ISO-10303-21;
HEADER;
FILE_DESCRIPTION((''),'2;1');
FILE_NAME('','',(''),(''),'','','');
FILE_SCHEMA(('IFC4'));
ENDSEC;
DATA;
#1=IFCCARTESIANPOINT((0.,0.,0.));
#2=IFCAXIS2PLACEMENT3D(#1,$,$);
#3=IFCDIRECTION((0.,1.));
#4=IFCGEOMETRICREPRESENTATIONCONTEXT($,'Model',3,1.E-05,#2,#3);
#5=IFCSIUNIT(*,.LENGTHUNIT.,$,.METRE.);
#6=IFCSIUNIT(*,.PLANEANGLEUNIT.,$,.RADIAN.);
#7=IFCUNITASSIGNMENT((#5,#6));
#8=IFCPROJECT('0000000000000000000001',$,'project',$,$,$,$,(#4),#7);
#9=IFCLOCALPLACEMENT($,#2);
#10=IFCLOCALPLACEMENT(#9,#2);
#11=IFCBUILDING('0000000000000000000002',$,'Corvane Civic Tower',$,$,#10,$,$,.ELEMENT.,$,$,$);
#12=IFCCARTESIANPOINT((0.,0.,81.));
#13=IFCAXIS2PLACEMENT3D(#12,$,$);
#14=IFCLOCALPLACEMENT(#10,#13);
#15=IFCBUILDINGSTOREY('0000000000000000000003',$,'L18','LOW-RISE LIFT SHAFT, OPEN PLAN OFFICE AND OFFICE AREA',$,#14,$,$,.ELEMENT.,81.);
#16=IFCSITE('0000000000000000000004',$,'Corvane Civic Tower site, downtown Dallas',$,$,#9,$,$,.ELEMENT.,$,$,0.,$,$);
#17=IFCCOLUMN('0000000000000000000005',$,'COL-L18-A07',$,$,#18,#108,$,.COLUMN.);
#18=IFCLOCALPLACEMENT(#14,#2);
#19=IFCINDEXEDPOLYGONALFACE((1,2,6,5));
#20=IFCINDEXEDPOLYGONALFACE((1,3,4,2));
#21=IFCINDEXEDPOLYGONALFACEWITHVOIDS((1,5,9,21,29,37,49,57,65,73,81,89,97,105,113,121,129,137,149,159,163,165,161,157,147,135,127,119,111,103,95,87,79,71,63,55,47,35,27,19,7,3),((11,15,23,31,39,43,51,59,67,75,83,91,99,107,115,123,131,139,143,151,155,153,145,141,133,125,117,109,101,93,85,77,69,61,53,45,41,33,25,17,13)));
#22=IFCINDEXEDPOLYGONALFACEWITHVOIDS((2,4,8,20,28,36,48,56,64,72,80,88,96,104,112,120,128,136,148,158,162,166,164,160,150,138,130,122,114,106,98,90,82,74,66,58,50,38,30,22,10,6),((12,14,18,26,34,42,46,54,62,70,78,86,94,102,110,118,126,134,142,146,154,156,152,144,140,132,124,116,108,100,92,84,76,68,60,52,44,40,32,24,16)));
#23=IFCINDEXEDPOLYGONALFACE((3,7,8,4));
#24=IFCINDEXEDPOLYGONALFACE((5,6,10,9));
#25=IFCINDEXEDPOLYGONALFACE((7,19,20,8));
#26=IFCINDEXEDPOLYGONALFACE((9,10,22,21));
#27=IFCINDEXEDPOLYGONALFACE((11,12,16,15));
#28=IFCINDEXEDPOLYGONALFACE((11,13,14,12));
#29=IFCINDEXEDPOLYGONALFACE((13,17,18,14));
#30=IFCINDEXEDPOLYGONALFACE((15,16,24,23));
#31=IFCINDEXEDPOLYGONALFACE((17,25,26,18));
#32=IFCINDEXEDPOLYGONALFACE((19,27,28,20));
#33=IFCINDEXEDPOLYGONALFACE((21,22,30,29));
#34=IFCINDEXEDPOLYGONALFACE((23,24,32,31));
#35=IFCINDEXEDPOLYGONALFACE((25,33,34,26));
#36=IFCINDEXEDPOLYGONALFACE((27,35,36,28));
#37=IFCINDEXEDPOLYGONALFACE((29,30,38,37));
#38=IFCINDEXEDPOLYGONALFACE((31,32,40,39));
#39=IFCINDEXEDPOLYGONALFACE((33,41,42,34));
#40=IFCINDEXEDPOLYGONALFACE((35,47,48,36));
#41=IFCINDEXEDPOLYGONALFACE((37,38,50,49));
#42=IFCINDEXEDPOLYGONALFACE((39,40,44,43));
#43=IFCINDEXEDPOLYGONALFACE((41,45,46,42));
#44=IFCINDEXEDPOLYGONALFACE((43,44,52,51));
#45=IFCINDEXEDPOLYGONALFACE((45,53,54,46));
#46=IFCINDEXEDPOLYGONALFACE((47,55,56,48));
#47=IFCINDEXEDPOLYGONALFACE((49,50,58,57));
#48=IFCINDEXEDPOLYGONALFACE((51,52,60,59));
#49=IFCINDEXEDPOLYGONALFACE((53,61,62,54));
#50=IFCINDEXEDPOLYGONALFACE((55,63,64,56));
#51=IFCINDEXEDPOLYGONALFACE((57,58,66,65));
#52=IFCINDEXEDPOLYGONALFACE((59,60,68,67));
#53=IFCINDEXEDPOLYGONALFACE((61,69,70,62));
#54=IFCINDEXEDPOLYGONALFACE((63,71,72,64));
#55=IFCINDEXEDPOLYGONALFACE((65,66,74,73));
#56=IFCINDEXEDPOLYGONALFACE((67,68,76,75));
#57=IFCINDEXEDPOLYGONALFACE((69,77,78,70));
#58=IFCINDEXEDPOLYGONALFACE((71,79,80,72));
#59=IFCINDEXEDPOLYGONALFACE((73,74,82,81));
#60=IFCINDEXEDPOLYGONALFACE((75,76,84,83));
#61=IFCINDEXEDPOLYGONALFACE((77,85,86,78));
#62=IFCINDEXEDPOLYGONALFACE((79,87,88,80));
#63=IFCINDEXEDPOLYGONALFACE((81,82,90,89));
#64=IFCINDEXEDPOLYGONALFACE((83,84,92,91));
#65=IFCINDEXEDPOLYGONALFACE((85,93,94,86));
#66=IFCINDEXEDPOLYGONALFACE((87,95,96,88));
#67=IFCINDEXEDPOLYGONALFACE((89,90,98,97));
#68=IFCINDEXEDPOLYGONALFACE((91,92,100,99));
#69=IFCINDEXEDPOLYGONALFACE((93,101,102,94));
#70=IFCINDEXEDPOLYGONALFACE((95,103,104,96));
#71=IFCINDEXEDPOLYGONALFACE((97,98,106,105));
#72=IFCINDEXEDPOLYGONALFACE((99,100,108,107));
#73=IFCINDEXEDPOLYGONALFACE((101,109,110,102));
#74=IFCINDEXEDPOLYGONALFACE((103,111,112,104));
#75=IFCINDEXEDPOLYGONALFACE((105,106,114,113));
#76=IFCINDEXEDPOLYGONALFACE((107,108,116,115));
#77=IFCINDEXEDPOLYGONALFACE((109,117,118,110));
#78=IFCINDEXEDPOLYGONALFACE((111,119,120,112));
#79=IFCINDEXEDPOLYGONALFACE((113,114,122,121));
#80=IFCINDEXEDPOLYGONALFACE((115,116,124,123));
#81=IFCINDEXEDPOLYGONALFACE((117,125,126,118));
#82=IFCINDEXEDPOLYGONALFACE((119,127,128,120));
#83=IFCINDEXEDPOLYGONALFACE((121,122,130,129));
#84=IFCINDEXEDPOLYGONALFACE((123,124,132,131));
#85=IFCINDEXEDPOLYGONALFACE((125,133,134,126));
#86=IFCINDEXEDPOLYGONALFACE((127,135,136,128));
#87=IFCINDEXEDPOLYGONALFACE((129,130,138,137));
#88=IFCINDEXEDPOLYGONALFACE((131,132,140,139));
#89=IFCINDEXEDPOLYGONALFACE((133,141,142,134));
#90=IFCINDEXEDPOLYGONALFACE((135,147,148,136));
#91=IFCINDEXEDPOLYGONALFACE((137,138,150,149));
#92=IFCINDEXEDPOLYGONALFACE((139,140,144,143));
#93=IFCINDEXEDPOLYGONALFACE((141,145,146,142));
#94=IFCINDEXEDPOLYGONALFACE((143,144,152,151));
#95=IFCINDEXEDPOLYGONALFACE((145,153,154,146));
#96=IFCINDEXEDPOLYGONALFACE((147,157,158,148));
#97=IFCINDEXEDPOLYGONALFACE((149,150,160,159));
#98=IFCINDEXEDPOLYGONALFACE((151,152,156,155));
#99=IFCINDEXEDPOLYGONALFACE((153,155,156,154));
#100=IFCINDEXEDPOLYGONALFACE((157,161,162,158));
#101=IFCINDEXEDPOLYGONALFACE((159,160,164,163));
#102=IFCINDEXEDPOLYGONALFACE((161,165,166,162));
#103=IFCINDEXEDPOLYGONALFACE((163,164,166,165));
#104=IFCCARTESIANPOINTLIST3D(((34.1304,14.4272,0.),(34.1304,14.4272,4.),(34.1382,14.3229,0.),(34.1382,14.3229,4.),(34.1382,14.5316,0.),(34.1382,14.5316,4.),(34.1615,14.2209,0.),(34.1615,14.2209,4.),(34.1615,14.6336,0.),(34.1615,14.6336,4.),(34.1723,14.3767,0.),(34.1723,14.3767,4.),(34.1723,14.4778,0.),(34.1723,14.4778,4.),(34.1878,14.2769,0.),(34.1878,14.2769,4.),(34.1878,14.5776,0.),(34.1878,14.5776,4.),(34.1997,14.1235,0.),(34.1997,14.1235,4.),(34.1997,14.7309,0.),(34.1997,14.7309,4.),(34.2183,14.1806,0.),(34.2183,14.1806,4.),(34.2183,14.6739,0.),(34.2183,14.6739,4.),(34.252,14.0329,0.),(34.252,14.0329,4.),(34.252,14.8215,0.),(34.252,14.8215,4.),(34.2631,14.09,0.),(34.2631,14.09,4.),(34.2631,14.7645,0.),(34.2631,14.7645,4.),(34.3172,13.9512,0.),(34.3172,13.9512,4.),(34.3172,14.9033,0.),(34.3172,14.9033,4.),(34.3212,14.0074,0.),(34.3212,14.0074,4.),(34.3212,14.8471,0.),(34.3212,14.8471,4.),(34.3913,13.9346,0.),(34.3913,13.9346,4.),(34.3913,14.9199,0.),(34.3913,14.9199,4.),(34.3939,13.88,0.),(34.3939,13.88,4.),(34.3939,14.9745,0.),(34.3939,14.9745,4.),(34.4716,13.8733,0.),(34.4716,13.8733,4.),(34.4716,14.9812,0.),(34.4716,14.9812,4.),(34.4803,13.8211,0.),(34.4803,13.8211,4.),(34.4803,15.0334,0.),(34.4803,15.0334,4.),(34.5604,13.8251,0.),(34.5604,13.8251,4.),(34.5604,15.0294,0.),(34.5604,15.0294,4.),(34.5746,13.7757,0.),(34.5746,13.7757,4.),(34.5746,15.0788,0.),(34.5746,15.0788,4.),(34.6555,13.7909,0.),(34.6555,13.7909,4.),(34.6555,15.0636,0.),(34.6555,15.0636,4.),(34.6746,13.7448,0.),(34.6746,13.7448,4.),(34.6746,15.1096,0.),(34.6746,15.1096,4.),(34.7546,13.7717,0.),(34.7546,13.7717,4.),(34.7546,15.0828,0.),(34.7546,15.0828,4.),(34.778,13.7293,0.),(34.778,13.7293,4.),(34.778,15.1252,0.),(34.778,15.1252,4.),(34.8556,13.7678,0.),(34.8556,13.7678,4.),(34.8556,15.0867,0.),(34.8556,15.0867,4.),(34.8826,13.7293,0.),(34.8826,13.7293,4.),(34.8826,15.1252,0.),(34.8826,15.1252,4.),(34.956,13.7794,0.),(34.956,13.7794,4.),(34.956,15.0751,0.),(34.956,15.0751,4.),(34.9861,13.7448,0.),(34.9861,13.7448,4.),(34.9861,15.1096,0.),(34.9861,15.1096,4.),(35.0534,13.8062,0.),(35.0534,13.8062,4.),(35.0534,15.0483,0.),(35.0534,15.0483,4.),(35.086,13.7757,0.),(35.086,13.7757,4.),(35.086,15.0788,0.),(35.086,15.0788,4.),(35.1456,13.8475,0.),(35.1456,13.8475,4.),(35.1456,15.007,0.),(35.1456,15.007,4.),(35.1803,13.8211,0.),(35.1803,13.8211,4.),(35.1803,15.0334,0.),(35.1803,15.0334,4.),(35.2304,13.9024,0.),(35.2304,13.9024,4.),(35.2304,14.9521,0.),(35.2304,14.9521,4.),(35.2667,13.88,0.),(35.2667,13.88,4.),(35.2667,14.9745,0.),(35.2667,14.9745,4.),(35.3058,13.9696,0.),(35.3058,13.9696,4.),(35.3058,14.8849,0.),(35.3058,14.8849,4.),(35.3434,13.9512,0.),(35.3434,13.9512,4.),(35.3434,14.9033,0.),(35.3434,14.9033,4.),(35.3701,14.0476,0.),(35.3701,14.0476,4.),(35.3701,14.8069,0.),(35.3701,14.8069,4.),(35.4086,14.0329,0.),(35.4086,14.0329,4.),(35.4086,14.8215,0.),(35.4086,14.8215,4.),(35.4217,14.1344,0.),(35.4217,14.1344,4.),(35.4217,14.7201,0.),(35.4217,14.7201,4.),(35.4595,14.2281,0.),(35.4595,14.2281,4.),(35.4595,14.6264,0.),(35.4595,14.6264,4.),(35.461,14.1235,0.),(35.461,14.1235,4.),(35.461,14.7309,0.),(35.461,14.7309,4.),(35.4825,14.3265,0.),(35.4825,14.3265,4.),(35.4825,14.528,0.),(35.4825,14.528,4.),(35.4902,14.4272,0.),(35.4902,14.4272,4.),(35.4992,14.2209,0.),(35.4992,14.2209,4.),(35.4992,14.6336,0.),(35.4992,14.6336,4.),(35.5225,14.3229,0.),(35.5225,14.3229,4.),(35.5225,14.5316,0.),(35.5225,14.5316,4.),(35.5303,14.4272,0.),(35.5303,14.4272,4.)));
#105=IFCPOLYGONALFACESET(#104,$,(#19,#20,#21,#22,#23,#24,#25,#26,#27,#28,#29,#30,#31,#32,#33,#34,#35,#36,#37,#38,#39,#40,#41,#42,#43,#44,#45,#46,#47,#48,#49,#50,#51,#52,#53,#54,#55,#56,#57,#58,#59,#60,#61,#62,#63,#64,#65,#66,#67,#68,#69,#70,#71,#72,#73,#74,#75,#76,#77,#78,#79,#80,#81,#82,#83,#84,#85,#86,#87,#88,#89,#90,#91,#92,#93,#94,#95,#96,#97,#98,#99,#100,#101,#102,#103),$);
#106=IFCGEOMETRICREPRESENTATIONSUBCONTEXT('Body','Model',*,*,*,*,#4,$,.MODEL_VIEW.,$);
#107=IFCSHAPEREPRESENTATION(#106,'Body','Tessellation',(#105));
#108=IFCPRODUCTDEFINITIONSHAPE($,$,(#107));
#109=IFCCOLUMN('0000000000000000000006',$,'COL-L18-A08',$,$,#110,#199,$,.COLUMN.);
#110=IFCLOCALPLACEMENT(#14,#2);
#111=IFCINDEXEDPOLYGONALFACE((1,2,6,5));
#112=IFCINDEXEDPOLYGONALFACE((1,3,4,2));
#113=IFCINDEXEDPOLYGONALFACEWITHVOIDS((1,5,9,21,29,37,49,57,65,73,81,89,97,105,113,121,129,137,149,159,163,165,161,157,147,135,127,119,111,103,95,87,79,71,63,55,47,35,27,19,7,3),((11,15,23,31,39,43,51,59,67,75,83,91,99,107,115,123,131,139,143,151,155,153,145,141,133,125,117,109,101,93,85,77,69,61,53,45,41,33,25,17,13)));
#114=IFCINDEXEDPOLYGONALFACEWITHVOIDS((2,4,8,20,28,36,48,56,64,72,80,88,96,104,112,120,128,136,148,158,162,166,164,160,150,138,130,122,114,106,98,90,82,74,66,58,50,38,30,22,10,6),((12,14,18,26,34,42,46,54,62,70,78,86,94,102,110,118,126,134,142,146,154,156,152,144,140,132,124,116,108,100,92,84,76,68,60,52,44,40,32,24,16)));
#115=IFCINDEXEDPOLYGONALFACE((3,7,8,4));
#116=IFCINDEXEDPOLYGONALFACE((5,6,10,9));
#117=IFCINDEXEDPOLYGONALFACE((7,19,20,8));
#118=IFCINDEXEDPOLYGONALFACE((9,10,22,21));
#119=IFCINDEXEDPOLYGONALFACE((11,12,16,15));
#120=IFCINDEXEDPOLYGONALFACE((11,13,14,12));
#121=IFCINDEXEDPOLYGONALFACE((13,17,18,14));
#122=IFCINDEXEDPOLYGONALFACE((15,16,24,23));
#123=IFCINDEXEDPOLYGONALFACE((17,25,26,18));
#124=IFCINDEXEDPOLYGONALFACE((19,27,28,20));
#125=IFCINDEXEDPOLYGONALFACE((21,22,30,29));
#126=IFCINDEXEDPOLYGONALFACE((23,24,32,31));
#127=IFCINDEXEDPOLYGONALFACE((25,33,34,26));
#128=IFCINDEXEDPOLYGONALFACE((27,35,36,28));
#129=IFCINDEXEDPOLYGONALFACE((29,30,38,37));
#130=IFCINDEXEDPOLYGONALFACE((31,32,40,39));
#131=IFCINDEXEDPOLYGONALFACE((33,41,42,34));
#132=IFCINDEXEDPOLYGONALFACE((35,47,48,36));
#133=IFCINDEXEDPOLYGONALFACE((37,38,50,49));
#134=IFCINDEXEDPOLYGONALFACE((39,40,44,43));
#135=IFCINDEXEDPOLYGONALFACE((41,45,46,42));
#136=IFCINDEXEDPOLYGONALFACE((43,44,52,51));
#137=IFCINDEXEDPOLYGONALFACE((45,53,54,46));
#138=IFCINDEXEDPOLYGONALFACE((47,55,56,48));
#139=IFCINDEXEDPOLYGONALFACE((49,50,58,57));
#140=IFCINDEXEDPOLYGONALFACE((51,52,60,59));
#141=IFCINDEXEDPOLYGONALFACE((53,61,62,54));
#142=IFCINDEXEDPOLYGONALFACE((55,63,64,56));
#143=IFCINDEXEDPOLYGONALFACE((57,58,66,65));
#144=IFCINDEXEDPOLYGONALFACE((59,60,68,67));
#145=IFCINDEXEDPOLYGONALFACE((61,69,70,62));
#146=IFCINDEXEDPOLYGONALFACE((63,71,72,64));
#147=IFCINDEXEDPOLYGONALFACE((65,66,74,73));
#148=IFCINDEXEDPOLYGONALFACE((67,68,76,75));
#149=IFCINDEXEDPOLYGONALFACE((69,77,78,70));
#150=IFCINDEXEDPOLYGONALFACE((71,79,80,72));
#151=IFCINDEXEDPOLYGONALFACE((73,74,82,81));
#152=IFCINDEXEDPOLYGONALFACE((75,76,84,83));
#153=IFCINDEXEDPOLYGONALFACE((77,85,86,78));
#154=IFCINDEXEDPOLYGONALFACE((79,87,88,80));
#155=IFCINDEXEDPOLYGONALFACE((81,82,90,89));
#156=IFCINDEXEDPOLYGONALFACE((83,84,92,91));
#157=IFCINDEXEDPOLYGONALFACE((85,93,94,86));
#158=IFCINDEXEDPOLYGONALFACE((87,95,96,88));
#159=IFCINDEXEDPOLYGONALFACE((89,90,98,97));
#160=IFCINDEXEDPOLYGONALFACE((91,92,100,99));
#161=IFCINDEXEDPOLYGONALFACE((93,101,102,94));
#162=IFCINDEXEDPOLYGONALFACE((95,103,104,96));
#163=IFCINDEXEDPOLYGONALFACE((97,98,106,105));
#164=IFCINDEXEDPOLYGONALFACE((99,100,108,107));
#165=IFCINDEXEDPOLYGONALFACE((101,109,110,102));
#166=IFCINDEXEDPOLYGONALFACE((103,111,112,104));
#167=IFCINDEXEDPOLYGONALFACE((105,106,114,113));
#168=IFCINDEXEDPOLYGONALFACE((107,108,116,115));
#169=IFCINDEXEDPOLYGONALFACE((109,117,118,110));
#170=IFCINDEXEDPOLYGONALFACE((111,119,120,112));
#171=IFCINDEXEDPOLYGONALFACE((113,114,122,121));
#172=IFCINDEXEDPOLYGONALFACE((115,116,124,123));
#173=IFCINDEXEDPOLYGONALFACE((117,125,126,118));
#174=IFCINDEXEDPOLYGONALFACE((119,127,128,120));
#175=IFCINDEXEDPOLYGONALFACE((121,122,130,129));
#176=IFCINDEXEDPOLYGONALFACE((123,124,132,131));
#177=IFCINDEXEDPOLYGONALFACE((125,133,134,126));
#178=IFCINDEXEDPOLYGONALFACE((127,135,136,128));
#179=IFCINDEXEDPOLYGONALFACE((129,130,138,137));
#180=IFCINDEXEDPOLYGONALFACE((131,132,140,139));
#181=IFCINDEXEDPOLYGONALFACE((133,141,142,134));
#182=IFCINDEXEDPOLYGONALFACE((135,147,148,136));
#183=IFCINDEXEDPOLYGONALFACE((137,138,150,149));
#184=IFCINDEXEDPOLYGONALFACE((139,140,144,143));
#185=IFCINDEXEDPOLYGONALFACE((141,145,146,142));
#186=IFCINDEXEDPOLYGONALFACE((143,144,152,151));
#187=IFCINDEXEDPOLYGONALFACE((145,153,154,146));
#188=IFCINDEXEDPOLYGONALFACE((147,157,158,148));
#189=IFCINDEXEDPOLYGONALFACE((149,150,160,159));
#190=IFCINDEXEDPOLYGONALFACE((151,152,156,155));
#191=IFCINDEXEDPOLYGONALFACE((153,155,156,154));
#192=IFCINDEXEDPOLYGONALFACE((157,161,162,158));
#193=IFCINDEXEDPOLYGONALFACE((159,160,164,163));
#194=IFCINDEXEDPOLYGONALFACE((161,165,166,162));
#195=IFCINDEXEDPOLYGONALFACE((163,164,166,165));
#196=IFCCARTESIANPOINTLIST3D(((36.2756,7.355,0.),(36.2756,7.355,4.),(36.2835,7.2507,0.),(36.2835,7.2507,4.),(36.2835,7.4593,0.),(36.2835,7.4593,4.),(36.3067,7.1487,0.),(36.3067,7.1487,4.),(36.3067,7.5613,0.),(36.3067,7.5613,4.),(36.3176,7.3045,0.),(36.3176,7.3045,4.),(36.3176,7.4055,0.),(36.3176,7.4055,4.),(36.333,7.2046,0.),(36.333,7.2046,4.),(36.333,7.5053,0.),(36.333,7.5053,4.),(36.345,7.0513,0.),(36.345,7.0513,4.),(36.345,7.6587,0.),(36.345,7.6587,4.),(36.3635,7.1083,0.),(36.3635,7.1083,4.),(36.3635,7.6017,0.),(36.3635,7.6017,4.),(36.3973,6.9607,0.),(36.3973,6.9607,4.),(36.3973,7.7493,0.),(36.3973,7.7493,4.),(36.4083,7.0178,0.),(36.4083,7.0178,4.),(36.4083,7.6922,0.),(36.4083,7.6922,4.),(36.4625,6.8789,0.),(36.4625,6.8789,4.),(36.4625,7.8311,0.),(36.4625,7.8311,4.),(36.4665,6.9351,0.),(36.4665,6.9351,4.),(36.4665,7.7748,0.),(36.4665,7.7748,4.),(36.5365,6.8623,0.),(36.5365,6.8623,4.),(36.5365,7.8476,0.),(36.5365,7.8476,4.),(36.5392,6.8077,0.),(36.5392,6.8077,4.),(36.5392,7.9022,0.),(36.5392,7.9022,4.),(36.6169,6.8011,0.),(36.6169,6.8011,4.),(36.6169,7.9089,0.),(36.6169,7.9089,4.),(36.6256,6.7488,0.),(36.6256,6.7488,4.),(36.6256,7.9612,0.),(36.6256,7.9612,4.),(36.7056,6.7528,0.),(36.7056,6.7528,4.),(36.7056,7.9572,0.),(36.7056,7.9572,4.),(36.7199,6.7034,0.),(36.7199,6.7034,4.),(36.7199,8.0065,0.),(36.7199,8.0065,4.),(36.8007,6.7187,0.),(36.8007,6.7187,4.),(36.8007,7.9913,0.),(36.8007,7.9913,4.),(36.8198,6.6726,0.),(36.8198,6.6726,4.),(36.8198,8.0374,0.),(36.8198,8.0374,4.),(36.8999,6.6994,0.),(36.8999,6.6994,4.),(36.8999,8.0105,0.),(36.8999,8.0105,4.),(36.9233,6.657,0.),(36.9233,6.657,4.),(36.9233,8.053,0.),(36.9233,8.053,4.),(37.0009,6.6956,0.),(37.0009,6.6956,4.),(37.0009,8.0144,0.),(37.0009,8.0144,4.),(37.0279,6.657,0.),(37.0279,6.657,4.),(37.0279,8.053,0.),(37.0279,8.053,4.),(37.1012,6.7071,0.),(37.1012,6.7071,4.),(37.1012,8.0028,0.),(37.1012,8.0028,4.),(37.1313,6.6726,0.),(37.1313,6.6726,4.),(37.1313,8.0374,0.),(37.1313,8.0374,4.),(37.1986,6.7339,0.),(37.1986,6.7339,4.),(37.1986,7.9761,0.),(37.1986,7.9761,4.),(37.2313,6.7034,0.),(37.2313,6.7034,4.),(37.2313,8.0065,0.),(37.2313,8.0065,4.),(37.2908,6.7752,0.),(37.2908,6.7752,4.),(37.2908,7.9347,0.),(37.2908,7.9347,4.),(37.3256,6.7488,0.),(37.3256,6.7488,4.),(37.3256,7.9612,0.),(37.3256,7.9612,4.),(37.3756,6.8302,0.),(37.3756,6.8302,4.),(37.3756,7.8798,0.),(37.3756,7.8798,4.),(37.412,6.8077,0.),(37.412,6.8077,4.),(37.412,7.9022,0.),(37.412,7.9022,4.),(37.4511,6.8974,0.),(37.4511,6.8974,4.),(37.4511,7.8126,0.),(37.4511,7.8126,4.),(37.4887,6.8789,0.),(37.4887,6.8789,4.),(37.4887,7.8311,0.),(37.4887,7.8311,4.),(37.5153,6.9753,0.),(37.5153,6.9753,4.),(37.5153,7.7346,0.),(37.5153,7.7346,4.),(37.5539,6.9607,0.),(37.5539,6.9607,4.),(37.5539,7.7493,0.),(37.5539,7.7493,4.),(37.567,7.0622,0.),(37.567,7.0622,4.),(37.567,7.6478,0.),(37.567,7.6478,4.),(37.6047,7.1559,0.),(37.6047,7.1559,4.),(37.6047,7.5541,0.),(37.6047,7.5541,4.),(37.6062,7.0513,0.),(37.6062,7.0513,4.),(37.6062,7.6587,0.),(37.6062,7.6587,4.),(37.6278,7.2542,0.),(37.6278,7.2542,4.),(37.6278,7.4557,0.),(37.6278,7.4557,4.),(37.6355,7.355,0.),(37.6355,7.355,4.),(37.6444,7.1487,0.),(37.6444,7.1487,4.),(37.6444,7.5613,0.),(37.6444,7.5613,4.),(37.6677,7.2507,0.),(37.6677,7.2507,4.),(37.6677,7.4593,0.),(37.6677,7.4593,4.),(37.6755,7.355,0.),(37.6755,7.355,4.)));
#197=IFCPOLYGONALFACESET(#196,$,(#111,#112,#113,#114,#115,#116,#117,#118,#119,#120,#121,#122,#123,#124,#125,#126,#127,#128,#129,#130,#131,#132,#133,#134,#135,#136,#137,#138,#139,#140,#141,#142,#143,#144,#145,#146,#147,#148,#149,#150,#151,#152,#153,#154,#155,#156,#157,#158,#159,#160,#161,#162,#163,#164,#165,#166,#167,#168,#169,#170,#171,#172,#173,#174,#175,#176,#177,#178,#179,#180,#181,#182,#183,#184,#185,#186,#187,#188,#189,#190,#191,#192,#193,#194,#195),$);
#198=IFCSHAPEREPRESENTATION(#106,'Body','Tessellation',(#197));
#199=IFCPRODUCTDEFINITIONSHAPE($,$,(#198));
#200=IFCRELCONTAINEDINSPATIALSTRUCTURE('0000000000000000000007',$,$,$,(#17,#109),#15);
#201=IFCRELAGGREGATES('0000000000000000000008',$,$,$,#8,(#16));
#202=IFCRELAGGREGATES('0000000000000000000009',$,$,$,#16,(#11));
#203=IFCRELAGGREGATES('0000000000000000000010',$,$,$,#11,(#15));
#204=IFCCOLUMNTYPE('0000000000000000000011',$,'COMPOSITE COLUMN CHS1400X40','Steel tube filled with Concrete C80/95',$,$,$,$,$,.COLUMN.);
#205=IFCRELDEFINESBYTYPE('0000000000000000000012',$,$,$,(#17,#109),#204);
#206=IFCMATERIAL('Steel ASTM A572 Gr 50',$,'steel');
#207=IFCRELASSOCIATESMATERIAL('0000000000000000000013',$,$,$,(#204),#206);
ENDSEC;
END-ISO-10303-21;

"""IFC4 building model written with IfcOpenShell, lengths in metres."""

from ifc_helpers import new_model, si_unit, direction, frame, origin, origin_2d, place, context, subcontext, project, spatial, hollow_circle, extrude, material, material_profile, profile_set, type_object, element, save


model = new_model("IFC4")

# Units and contexts
model_context = context("Model", 3, precision=1e-05, world=origin(), true_north=direction((0.0, 1.0)))
body_context = subcontext(model_context, "Body", "Model", "MODEL_VIEW")
ifc_project = project(units=[si_unit("LENGTHUNIT", "METRE"), si_unit("PLANEANGLEUNIT", "RADIAN")], contexts=[model_context])

# Site, building, storey
site_placement = place(None, origin())
site = spatial("IfcSite", under=ifc_project, at=site_placement, Name="Corvane Civic Tower site, downtown Dallas", CompositionType="ELEMENT", RefElevation=0.0)
building_placement = place(site_placement, origin())
building = spatial("IfcBuilding", under=site, at=building_placement, Name="Corvane Civic Tower", CompositionType="ELEMENT")
storey_placement = place(building_placement, frame((0.0, 0.0, 81.0)))
storey = spatial("IfcBuildingStorey", under=building, at=storey_placement, Name="L18", Description="LOW-RISE LIFT SHAFT, OPEN PLAN OFFICE AND OFFICE AREA", CompositionType="ELEMENT", Elevation=81.0)

# Columns
ifc_material_1 = material(Name="Steel ASTM A572 Gr 50", Category="steel")
ifc_material_profile_1 = material_profile(ifc_material_1, hollow_circle(Radius=0.7, WallThickness=0.04, at=origin_2d()), Name="CHS1400X40")
ifc_profile_set_1 = profile_set([ifc_material_profile_1], Name="Steel ASTM A572 Gr 50")
column_type = type_object("IfcColumnType", Name="COMPOSITE COLUMN CHS1400X40", Description="Steel tube filled with Concrete C80/95", PredefinedType="COLUMN", material=ifc_profile_set_1)
for number, where, z_axis, x_axis, name in (
    (1, (34.8303, 14.4272, 0.0), (0.0, 0.0, 1.0), (1.0, 0.0, 0.0), "COL-L18-A07"),
    (2, (36.9756, 7.355, 0.0), (0.0, 0.0, 1.0), (1.0, 0.0, 0.0), "COL-L18-A08"),
):
    element("IfcColumn", number, at=place(storey_placement, frame(where, z_axis=z_axis, x_axis=x_axis)), inside=storey, type_object=column_type, Name=name, PredefinedType="COLUMN", context=body_context, shape_type="SweptSolid", body=[
        extrude(hollow_circle(Radius=0.7, WallThickness=0.04, at=origin_2d()), origin(), (0.0, 0.0, 1.0), 4.0),
    ])

save(model, "model.ifc")
